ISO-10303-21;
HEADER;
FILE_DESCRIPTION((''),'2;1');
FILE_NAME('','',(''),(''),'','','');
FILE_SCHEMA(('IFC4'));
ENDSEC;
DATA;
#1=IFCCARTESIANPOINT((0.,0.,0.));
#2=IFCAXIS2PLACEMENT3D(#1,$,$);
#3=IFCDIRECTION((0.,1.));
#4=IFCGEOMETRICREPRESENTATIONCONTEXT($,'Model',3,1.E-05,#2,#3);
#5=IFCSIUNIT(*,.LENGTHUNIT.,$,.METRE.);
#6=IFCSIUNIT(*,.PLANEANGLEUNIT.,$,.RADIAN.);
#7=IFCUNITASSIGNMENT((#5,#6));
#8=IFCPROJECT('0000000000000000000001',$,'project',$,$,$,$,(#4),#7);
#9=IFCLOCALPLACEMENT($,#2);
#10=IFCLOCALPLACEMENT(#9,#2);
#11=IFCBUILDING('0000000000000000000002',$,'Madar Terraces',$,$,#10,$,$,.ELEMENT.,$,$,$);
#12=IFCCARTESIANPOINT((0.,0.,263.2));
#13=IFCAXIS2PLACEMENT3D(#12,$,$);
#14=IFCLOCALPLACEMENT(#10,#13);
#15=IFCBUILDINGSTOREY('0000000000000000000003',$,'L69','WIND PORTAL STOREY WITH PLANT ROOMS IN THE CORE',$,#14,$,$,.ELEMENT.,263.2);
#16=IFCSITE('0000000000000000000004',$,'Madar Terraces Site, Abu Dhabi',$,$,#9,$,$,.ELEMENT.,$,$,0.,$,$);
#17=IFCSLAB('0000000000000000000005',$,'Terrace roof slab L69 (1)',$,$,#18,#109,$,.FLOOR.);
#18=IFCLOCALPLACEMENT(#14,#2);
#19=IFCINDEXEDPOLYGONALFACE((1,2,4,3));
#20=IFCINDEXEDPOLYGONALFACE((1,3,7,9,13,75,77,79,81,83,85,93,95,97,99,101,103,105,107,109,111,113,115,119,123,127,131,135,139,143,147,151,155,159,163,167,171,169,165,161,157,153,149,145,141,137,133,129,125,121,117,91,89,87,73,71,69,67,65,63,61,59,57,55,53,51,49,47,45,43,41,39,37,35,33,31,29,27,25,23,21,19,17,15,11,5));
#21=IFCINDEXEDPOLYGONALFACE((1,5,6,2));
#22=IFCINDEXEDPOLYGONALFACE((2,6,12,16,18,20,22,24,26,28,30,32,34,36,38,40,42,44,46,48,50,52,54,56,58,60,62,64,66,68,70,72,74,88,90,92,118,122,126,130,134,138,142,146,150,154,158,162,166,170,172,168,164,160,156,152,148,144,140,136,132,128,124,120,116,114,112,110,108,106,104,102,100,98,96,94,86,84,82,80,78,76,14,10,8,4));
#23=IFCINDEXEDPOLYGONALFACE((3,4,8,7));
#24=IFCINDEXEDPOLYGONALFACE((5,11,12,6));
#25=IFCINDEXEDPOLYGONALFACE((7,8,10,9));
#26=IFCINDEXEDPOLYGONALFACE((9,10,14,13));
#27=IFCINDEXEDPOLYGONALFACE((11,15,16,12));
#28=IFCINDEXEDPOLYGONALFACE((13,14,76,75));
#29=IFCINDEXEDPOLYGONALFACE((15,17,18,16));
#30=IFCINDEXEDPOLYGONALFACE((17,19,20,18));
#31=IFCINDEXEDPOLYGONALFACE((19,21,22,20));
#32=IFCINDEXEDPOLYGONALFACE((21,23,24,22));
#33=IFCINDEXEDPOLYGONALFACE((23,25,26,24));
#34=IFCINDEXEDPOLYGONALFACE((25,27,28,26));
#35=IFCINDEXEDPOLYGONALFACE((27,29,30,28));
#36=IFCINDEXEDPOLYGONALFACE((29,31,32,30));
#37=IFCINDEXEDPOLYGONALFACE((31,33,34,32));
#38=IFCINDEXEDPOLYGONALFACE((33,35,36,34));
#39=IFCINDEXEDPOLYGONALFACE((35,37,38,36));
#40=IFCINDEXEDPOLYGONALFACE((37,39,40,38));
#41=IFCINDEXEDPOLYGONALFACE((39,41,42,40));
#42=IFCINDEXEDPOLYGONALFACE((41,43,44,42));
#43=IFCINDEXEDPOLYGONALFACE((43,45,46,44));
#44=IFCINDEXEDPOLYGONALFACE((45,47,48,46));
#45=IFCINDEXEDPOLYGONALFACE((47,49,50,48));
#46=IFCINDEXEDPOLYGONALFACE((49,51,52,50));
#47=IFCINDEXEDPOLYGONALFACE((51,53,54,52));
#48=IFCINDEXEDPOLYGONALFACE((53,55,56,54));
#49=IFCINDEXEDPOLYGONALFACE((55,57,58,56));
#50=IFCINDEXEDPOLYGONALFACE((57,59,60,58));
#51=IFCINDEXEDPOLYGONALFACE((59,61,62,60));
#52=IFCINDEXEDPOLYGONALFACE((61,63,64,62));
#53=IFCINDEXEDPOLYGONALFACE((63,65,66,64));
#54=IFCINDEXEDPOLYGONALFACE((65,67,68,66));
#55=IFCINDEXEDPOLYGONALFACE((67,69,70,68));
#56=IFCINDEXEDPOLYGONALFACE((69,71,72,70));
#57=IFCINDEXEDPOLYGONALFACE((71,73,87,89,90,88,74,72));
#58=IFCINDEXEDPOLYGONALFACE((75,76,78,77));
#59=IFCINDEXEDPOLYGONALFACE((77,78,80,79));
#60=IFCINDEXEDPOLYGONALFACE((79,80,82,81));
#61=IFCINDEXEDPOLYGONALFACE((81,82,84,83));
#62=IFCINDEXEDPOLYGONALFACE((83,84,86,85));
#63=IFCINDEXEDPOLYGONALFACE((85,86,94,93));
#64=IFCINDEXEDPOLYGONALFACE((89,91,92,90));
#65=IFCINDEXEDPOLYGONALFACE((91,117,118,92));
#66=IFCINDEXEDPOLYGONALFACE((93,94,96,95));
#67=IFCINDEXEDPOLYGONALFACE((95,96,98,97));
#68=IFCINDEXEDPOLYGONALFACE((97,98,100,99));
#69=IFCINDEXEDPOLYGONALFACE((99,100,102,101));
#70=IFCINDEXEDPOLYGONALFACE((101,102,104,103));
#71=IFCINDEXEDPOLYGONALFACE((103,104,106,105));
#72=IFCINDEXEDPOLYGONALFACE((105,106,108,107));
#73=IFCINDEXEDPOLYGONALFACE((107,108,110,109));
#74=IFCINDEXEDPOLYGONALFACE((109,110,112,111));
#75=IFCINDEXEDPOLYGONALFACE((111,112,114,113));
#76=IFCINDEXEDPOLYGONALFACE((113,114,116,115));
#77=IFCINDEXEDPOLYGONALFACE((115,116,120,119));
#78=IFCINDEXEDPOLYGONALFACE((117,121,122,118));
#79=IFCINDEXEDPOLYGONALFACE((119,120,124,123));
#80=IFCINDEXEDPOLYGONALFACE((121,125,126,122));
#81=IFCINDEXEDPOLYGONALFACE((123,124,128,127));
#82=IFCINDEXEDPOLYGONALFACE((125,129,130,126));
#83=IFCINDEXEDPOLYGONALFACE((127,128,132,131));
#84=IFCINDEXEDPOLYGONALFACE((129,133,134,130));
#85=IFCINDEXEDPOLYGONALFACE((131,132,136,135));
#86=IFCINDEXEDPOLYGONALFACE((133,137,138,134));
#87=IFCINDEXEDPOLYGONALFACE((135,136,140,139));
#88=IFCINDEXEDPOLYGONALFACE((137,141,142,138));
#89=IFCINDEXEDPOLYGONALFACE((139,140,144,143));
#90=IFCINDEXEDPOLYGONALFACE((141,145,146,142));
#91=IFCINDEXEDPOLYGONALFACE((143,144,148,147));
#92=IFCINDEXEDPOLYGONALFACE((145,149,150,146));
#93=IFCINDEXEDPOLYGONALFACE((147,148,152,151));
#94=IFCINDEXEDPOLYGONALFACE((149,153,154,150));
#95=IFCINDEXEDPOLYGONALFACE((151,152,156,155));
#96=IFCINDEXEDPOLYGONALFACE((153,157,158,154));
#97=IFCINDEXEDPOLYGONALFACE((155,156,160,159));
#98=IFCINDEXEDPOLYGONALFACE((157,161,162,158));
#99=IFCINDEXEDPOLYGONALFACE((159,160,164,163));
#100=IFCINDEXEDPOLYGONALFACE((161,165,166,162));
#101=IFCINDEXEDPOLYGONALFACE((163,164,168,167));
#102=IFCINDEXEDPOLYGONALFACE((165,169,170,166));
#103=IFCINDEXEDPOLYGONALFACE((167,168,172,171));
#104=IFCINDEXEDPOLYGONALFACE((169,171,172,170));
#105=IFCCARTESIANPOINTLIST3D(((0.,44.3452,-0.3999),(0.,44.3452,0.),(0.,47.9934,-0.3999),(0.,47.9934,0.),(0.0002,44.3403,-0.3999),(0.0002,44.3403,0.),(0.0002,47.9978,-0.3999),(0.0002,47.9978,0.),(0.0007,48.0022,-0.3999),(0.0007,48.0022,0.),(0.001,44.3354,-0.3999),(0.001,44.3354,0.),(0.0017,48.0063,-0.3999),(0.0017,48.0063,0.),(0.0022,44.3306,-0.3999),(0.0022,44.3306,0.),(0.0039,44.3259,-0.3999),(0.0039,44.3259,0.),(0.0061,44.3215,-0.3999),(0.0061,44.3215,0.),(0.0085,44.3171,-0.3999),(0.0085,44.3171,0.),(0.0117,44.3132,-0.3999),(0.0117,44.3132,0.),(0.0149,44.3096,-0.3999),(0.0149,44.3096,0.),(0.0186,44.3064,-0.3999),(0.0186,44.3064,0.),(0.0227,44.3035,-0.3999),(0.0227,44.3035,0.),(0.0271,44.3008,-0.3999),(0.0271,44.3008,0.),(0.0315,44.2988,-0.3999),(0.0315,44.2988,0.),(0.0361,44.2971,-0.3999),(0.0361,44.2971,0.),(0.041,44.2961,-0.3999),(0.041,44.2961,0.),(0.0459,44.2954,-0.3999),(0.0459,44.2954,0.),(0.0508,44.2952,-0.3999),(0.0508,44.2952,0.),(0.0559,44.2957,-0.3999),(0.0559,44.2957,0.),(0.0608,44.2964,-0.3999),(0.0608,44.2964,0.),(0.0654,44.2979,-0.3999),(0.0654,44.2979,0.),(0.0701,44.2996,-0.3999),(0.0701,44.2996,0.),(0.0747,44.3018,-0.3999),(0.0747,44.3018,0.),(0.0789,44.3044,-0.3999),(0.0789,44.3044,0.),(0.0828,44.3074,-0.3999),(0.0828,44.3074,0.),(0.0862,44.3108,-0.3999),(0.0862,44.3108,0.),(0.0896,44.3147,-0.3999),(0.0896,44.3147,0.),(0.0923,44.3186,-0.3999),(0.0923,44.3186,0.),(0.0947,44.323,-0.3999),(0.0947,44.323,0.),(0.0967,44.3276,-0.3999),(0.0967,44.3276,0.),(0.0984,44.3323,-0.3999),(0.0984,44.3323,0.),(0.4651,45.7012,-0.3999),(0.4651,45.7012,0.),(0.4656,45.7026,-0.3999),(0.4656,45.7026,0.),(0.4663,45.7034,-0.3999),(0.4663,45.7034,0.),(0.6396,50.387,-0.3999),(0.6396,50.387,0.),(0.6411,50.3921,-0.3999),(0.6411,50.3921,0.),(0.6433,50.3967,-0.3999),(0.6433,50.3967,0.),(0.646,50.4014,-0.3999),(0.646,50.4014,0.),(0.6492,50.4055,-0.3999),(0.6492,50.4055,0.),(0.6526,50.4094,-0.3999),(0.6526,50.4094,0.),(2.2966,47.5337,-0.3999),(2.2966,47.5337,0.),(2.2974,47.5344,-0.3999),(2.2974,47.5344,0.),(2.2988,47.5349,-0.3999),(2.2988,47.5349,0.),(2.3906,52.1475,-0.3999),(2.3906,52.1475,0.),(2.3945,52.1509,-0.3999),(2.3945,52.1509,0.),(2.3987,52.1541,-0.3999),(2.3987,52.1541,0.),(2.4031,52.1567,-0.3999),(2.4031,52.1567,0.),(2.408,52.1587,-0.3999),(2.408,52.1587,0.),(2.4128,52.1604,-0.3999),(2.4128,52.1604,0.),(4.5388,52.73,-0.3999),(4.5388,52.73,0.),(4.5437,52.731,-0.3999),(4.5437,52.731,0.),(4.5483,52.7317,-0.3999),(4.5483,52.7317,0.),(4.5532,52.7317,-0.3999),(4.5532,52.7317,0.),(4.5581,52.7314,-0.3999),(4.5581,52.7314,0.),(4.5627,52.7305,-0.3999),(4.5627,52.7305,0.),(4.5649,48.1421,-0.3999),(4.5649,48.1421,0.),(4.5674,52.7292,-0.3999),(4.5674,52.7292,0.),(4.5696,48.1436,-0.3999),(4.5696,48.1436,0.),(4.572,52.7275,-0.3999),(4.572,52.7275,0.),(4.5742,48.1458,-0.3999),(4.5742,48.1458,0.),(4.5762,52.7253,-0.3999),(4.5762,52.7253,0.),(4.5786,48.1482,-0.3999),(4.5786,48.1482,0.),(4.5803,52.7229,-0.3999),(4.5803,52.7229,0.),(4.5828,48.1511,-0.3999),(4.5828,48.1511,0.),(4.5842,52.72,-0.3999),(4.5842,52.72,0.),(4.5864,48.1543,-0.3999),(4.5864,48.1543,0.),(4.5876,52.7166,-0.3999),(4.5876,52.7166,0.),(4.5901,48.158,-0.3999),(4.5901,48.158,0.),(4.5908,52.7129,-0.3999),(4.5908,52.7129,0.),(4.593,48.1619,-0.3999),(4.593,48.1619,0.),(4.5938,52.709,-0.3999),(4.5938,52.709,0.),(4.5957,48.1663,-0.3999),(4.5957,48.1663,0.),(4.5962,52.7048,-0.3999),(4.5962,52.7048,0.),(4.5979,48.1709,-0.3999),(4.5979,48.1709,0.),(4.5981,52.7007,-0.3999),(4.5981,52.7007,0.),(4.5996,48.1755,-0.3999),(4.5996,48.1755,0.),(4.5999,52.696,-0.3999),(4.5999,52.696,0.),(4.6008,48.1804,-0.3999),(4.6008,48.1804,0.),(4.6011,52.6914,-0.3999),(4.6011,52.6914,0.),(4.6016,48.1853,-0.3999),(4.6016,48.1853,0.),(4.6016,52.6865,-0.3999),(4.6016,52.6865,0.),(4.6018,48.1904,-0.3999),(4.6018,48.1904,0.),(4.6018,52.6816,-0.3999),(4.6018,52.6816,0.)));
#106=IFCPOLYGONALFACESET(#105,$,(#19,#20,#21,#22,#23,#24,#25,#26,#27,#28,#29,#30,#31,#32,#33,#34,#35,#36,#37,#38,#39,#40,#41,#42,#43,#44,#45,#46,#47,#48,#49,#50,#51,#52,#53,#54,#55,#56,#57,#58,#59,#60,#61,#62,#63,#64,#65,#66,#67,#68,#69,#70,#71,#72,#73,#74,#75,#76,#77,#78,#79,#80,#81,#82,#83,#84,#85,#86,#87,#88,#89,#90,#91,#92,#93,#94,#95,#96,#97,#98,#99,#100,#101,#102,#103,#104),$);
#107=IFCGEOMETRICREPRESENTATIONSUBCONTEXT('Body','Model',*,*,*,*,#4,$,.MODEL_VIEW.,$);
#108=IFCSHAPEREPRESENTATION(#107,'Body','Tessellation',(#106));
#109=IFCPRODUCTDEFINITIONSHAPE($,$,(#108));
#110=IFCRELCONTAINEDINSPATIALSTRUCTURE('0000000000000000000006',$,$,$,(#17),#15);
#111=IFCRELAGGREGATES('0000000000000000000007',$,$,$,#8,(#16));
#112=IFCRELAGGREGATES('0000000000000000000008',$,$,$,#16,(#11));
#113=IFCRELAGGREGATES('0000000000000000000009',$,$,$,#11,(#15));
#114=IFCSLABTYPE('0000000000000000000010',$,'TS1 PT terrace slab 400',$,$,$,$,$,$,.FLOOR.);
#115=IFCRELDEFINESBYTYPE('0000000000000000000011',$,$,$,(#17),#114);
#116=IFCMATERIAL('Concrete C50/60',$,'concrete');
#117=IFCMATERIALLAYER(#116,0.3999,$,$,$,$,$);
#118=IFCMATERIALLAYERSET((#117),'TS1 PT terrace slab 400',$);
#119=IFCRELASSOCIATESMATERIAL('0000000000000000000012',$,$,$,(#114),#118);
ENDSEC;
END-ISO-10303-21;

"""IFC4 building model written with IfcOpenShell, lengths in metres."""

from ifc_helpers import new_model, si_unit, direction, frame, origin, place, context, subcontext, project, spatial, polyline, outline, extrude, material, layer, layer_set, type_object, element, save


model = new_model("IFC4")

# Units and contexts
model_context = context("Model", 3, precision=1e-05, world=origin(), true_north=direction((0.0, 1.0)))
body_context = subcontext(model_context, "Body", "Model", "MODEL_VIEW")
ifc_project = project(units=[si_unit("LENGTHUNIT", "METRE"), si_unit("PLANEANGLEUNIT", "RADIAN")], contexts=[model_context])

# Site, building, storey
site_placement = place(None, origin())
site = spatial("IfcSite", under=ifc_project, at=site_placement, Name="Madar Terraces Site, Abu Dhabi", CompositionType="ELEMENT", RefElevation=0.0)
building_placement = place(site_placement, origin())
building = spatial("IfcBuilding", under=site, at=building_placement, Name="Madar Terraces", CompositionType="ELEMENT")
storey_placement = place(building_placement, frame((0.0, 0.0, 263.2)))
storey = spatial("IfcBuildingStorey", under=building, at=storey_placement, Name="L69", Description="WIND PORTAL STOREY WITH PLANT ROOMS IN THE CORE", CompositionType="ELEMENT", Elevation=263.2)

# Slab
ifc_material_1 = material(Name="Concrete C50/60", Category="concrete")
ifc_layer_1 = layer(ifc_material_1, 0.3999)
ifc_layer_set_1 = layer_set([ifc_layer_1], Name="TS1 PT terrace slab 400")
slab_type_1 = type_object("IfcSlabType", Name="TS1 PT terrace slab 400", PredefinedType="FLOOR", material=ifc_layer_set_1)
slab_1_placement = place(storey_placement, frame((0.0, 0.0, -0.3999)))
element("IfcSlab", 1, at=slab_1_placement, inside=storey, type_object=slab_type_1, Name="Terrace roof slab L69 (1)", PredefinedType="FLOOR", context=body_context, shape_type="SweptSolid", body=[
    extrude(outline(polyline([(0.0984, 44.3323), (0.4651, 45.7012), (0.4656, 45.7026), (0.4663, 45.7034), (2.2966, 47.5337), (2.2974, 47.5344), (2.2988, 47.5349), (4.5649, 48.1421), (4.5696, 48.1436), (4.5742, 48.1458), (4.5786, 48.1482), (4.5828, 48.1511), (4.5864, 48.1543), (4.5901, 48.158), (4.593, 48.1619), (4.5957, 48.1663), (4.5979, 48.1709), (4.5996, 48.1755), (4.6008, 48.1804), (4.6016, 48.1853), (4.6018, 48.1904), (4.6018, 52.6816), (4.6016, 52.6865), (4.6011, 52.6914), (4.5999, 52.696), (4.5981, 52.7007), (4.5962, 52.7048), (4.5938, 52.709), (4.5908, 52.7129), (4.5876, 52.7166), (4.5842, 52.72), (4.5803, 52.7229), (4.5762, 52.7253), (4.572, 52.7275), (4.5674, 52.7292), (4.5627, 52.7305), (4.5581, 52.7314), (4.5532, 52.7317), (4.5483, 52.7317), (4.5437, 52.731), (4.5388, 52.73), (2.4128, 52.1604), (2.408, 52.1587), (2.4031, 52.1567), (2.3987, 52.1541), (2.3945, 52.1509), (2.3906, 52.1475), (0.6526, 50.4094), (0.6492, 50.4055), (0.646, 50.4014), (0.6433, 50.3967), (0.6411, 50.3921), (0.6396, 50.387), (0.0017, 48.0063), (0.0007, 48.0022), (0.0002, 47.9978), (0.0, 47.9934), (0.0, 44.3452), (0.0002, 44.3403), (0.001, 44.3354), (0.0022, 44.3306), (0.0039, 44.3259), (0.0061, 44.3215), (0.0085, 44.3171), (0.0117, 44.3132), (0.0149, 44.3096), (0.0186, 44.3064), (0.0227, 44.3035), (0.0271, 44.3008), (0.0315, 44.2988), (0.0361, 44.2971), (0.041, 44.2961), (0.0459, 44.2954), (0.0508, 44.2952), (0.0559, 44.2957), (0.0608, 44.2964), (0.0654, 44.2979), (0.0701, 44.2996), (0.0747, 44.3018), (0.0789, 44.3044), (0.0828, 44.3074), (0.0862, 44.3108), (0.0896, 44.3147), (0.0923, 44.3186), (0.0947, 44.323), (0.0967, 44.3276), (0.0984, 44.3323)])), origin(), (0.0, 0.0, 1.0), 0.3999),
])

save(model, "model.ifc")
